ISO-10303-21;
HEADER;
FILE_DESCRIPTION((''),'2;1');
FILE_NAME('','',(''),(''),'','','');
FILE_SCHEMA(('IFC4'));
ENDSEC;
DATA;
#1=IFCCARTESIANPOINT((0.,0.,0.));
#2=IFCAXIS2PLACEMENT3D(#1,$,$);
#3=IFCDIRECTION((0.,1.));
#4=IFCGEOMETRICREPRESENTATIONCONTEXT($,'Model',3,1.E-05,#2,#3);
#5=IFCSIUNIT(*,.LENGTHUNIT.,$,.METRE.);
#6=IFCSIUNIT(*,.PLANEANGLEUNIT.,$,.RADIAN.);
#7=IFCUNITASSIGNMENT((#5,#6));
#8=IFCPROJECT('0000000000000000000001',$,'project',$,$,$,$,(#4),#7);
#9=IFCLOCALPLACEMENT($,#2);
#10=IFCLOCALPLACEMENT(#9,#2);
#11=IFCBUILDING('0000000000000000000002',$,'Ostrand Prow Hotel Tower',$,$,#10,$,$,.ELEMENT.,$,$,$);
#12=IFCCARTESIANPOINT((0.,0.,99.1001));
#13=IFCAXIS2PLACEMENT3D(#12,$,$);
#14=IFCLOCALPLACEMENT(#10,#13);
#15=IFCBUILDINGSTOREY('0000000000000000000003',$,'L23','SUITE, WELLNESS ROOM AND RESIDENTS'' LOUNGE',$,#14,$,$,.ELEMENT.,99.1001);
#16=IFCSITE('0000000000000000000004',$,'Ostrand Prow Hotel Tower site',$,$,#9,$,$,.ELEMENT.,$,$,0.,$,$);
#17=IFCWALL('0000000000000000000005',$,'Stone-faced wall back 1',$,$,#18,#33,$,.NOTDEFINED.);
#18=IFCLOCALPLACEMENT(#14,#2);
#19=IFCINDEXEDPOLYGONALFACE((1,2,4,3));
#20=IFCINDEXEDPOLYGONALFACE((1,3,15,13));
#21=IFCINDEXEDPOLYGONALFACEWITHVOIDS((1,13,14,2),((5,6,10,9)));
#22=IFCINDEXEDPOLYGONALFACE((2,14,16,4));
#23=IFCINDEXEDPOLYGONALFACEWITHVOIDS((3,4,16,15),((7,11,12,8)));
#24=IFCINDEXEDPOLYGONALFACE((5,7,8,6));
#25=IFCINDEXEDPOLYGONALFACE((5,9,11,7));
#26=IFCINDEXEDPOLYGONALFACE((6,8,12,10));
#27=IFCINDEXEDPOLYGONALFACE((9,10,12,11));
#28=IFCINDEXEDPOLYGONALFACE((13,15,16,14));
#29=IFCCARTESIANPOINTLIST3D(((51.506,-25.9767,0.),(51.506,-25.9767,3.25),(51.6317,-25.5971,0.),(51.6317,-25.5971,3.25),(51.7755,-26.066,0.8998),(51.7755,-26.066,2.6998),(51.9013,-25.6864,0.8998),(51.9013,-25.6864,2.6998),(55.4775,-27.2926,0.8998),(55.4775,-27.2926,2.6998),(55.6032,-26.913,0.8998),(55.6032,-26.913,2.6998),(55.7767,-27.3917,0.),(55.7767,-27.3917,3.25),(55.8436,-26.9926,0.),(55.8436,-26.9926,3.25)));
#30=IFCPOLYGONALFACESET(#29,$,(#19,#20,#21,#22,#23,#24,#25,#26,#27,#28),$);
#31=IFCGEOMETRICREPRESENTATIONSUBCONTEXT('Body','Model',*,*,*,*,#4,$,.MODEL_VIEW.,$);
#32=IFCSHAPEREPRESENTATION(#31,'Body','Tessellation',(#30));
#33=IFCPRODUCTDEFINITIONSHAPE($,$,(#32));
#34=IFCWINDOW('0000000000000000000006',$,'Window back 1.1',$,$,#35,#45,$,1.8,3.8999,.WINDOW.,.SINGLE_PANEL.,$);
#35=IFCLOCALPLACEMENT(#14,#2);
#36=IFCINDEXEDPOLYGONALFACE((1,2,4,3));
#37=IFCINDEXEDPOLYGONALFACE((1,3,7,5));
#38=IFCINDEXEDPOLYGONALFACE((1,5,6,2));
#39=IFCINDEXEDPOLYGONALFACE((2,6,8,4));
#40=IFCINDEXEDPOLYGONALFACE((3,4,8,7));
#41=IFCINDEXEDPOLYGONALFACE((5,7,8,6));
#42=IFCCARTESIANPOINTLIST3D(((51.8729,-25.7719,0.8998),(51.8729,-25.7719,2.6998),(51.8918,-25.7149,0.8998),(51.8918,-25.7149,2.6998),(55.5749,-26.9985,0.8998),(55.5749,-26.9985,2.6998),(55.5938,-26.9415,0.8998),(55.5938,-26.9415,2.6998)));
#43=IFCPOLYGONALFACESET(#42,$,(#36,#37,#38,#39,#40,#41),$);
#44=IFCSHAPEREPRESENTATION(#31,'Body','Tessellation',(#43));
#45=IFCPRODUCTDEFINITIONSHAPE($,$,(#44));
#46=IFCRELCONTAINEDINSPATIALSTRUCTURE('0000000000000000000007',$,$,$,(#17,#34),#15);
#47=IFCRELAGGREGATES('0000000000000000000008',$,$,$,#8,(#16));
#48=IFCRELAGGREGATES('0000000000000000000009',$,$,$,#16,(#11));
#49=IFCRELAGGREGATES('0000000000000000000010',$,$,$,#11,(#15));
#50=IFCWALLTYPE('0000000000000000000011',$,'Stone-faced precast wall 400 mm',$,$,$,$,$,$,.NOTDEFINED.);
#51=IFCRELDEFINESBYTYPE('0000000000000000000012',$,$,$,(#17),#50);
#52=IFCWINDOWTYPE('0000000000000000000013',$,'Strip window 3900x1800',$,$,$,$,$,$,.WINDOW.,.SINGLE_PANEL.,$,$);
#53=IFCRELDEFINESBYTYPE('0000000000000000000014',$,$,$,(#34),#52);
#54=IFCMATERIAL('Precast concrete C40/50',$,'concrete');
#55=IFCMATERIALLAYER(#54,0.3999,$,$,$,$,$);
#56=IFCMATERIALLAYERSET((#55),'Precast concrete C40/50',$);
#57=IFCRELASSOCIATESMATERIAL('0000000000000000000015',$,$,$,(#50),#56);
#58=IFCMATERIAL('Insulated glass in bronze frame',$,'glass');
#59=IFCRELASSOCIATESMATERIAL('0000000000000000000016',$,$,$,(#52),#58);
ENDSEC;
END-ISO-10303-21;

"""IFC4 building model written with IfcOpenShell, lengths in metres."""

from ifc_helpers import new_model, si_unit, direction, frame, frame_2d, origin, place, context, subcontext, project, spatial, polyline, rectangle, outline, extrude, material, layer, layer_set, type_object, element, fill, save


model = new_model("IFC4")

# Units and contexts
model_context = context("Model", 3, precision=1e-05, world=origin(), true_north=direction((0.0, 1.0)))
body_context = subcontext(model_context, "Body", "Model", "MODEL_VIEW")
ifc_project = project(units=[si_unit("LENGTHUNIT", "METRE"), si_unit("PLANEANGLEUNIT", "RADIAN")], contexts=[model_context])

# Site, building, storey
site_placement = place(None, origin())
site = spatial("IfcSite", under=ifc_project, at=site_placement, Name="Ostrand Prow Hotel Tower site", CompositionType="ELEMENT", RefElevation=0.0)
building_placement = place(site_placement, origin())
building = spatial("IfcBuilding", under=site, at=building_placement, Name="Ostrand Prow Hotel Tower", CompositionType="ELEMENT")
storey_placement = place(building_placement, frame((0.0, 0.0, 99.1001)))
storey = spatial("IfcBuildingStorey", under=building, at=storey_placement, Name="L23", Description="SUITE, WELLNESS ROOM AND RESIDENTS' LOUNGE", CompositionType="ELEMENT", Elevation=99.1001)

# Wall, opening, window
ifc_material_1 = material(Name="Precast concrete C40/50", Category="concrete")
ifc_layer_1 = layer(ifc_material_1, 0.3999)
ifc_layer_set_1 = layer_set([ifc_layer_1], Name="Precast concrete C40/50")
wall_type_1 = type_object("IfcWallType", Name="Stone-faced precast wall 400 mm", PredefinedType="NOTDEFINED", material=ifc_layer_set_1)
wall_1_placement = place(storey_placement, frame((51.5688, -25.7869, 0.0), z_axis=(0.0, 0.0, 1.0), x_axis=(0.94925, -0.314522, 0.0)))
wall_1 = element("IfcWall", 1, at=wall_1_placement, inside=storey, type_object=wall_type_1, Name="Stone-faced wall back 1", PredefinedType="NOTDEFINED", context=body_context, shape_type="SweptSolid", body=[
    extrude(outline(polyline([(0.0, -0.2), (4.499, -0.2), (4.437, 0.2), (0.0, 0.2), (0.0, -0.2)])), origin(), (0.0, 0.0, 1.0), 3.25),
])
opening_1_placement = place(wall_1_placement, frame((0.2839, 0.0, 0.8999)))
opening_1 = element("IfcOpeningElement", 2, at=opening_1_placement, cuts=wall_1, PredefinedType="OPENING", context=body_context, shape_type="SweptSolid", body=[
    extrude(rectangle(XDim=3.8999, YDim=1.8, at=frame_2d((1.95, 0.8999))), frame((0.0, 0.21, 0.0), z_axis=(0.0, -1.0, 0.0), x_axis=(1.0, 0.0, 0.0)), (0.0, 0.0, 1.0), 0.4199),
])
ifc_material_2 = material(Name="Insulated glass in bronze frame", Category="glass")
window_type = type_object("IfcWindowType", Name="Strip window 3900x1800", PartitioningType="SINGLE_PANEL", PredefinedType="WINDOW", material=ifc_material_2)
window_placement = place(opening_1_placement, origin())
window = element("IfcWindow", 3, at=window_placement, inside=storey, type_object=window_type, Name="Window back 1.1", OverallHeight=1.8, OverallWidth=3.8999, PartitioningType="SINGLE_PANEL", PredefinedType="WINDOW", context=body_context, shape_type="SweptSolid", body=[
    extrude(rectangle(XDim=3.8999, YDim=1.8, at=frame_2d((1.95, 0.8999))), frame((0.0, 0.1699, 0.0), z_axis=(0.0, -1.0, 0.0), x_axis=(1.0, 0.0, 0.0)), (0.0, 0.0, 1.0), 0.0601),
])
fill(opening_1, window)

save(model, "model.ifc")
